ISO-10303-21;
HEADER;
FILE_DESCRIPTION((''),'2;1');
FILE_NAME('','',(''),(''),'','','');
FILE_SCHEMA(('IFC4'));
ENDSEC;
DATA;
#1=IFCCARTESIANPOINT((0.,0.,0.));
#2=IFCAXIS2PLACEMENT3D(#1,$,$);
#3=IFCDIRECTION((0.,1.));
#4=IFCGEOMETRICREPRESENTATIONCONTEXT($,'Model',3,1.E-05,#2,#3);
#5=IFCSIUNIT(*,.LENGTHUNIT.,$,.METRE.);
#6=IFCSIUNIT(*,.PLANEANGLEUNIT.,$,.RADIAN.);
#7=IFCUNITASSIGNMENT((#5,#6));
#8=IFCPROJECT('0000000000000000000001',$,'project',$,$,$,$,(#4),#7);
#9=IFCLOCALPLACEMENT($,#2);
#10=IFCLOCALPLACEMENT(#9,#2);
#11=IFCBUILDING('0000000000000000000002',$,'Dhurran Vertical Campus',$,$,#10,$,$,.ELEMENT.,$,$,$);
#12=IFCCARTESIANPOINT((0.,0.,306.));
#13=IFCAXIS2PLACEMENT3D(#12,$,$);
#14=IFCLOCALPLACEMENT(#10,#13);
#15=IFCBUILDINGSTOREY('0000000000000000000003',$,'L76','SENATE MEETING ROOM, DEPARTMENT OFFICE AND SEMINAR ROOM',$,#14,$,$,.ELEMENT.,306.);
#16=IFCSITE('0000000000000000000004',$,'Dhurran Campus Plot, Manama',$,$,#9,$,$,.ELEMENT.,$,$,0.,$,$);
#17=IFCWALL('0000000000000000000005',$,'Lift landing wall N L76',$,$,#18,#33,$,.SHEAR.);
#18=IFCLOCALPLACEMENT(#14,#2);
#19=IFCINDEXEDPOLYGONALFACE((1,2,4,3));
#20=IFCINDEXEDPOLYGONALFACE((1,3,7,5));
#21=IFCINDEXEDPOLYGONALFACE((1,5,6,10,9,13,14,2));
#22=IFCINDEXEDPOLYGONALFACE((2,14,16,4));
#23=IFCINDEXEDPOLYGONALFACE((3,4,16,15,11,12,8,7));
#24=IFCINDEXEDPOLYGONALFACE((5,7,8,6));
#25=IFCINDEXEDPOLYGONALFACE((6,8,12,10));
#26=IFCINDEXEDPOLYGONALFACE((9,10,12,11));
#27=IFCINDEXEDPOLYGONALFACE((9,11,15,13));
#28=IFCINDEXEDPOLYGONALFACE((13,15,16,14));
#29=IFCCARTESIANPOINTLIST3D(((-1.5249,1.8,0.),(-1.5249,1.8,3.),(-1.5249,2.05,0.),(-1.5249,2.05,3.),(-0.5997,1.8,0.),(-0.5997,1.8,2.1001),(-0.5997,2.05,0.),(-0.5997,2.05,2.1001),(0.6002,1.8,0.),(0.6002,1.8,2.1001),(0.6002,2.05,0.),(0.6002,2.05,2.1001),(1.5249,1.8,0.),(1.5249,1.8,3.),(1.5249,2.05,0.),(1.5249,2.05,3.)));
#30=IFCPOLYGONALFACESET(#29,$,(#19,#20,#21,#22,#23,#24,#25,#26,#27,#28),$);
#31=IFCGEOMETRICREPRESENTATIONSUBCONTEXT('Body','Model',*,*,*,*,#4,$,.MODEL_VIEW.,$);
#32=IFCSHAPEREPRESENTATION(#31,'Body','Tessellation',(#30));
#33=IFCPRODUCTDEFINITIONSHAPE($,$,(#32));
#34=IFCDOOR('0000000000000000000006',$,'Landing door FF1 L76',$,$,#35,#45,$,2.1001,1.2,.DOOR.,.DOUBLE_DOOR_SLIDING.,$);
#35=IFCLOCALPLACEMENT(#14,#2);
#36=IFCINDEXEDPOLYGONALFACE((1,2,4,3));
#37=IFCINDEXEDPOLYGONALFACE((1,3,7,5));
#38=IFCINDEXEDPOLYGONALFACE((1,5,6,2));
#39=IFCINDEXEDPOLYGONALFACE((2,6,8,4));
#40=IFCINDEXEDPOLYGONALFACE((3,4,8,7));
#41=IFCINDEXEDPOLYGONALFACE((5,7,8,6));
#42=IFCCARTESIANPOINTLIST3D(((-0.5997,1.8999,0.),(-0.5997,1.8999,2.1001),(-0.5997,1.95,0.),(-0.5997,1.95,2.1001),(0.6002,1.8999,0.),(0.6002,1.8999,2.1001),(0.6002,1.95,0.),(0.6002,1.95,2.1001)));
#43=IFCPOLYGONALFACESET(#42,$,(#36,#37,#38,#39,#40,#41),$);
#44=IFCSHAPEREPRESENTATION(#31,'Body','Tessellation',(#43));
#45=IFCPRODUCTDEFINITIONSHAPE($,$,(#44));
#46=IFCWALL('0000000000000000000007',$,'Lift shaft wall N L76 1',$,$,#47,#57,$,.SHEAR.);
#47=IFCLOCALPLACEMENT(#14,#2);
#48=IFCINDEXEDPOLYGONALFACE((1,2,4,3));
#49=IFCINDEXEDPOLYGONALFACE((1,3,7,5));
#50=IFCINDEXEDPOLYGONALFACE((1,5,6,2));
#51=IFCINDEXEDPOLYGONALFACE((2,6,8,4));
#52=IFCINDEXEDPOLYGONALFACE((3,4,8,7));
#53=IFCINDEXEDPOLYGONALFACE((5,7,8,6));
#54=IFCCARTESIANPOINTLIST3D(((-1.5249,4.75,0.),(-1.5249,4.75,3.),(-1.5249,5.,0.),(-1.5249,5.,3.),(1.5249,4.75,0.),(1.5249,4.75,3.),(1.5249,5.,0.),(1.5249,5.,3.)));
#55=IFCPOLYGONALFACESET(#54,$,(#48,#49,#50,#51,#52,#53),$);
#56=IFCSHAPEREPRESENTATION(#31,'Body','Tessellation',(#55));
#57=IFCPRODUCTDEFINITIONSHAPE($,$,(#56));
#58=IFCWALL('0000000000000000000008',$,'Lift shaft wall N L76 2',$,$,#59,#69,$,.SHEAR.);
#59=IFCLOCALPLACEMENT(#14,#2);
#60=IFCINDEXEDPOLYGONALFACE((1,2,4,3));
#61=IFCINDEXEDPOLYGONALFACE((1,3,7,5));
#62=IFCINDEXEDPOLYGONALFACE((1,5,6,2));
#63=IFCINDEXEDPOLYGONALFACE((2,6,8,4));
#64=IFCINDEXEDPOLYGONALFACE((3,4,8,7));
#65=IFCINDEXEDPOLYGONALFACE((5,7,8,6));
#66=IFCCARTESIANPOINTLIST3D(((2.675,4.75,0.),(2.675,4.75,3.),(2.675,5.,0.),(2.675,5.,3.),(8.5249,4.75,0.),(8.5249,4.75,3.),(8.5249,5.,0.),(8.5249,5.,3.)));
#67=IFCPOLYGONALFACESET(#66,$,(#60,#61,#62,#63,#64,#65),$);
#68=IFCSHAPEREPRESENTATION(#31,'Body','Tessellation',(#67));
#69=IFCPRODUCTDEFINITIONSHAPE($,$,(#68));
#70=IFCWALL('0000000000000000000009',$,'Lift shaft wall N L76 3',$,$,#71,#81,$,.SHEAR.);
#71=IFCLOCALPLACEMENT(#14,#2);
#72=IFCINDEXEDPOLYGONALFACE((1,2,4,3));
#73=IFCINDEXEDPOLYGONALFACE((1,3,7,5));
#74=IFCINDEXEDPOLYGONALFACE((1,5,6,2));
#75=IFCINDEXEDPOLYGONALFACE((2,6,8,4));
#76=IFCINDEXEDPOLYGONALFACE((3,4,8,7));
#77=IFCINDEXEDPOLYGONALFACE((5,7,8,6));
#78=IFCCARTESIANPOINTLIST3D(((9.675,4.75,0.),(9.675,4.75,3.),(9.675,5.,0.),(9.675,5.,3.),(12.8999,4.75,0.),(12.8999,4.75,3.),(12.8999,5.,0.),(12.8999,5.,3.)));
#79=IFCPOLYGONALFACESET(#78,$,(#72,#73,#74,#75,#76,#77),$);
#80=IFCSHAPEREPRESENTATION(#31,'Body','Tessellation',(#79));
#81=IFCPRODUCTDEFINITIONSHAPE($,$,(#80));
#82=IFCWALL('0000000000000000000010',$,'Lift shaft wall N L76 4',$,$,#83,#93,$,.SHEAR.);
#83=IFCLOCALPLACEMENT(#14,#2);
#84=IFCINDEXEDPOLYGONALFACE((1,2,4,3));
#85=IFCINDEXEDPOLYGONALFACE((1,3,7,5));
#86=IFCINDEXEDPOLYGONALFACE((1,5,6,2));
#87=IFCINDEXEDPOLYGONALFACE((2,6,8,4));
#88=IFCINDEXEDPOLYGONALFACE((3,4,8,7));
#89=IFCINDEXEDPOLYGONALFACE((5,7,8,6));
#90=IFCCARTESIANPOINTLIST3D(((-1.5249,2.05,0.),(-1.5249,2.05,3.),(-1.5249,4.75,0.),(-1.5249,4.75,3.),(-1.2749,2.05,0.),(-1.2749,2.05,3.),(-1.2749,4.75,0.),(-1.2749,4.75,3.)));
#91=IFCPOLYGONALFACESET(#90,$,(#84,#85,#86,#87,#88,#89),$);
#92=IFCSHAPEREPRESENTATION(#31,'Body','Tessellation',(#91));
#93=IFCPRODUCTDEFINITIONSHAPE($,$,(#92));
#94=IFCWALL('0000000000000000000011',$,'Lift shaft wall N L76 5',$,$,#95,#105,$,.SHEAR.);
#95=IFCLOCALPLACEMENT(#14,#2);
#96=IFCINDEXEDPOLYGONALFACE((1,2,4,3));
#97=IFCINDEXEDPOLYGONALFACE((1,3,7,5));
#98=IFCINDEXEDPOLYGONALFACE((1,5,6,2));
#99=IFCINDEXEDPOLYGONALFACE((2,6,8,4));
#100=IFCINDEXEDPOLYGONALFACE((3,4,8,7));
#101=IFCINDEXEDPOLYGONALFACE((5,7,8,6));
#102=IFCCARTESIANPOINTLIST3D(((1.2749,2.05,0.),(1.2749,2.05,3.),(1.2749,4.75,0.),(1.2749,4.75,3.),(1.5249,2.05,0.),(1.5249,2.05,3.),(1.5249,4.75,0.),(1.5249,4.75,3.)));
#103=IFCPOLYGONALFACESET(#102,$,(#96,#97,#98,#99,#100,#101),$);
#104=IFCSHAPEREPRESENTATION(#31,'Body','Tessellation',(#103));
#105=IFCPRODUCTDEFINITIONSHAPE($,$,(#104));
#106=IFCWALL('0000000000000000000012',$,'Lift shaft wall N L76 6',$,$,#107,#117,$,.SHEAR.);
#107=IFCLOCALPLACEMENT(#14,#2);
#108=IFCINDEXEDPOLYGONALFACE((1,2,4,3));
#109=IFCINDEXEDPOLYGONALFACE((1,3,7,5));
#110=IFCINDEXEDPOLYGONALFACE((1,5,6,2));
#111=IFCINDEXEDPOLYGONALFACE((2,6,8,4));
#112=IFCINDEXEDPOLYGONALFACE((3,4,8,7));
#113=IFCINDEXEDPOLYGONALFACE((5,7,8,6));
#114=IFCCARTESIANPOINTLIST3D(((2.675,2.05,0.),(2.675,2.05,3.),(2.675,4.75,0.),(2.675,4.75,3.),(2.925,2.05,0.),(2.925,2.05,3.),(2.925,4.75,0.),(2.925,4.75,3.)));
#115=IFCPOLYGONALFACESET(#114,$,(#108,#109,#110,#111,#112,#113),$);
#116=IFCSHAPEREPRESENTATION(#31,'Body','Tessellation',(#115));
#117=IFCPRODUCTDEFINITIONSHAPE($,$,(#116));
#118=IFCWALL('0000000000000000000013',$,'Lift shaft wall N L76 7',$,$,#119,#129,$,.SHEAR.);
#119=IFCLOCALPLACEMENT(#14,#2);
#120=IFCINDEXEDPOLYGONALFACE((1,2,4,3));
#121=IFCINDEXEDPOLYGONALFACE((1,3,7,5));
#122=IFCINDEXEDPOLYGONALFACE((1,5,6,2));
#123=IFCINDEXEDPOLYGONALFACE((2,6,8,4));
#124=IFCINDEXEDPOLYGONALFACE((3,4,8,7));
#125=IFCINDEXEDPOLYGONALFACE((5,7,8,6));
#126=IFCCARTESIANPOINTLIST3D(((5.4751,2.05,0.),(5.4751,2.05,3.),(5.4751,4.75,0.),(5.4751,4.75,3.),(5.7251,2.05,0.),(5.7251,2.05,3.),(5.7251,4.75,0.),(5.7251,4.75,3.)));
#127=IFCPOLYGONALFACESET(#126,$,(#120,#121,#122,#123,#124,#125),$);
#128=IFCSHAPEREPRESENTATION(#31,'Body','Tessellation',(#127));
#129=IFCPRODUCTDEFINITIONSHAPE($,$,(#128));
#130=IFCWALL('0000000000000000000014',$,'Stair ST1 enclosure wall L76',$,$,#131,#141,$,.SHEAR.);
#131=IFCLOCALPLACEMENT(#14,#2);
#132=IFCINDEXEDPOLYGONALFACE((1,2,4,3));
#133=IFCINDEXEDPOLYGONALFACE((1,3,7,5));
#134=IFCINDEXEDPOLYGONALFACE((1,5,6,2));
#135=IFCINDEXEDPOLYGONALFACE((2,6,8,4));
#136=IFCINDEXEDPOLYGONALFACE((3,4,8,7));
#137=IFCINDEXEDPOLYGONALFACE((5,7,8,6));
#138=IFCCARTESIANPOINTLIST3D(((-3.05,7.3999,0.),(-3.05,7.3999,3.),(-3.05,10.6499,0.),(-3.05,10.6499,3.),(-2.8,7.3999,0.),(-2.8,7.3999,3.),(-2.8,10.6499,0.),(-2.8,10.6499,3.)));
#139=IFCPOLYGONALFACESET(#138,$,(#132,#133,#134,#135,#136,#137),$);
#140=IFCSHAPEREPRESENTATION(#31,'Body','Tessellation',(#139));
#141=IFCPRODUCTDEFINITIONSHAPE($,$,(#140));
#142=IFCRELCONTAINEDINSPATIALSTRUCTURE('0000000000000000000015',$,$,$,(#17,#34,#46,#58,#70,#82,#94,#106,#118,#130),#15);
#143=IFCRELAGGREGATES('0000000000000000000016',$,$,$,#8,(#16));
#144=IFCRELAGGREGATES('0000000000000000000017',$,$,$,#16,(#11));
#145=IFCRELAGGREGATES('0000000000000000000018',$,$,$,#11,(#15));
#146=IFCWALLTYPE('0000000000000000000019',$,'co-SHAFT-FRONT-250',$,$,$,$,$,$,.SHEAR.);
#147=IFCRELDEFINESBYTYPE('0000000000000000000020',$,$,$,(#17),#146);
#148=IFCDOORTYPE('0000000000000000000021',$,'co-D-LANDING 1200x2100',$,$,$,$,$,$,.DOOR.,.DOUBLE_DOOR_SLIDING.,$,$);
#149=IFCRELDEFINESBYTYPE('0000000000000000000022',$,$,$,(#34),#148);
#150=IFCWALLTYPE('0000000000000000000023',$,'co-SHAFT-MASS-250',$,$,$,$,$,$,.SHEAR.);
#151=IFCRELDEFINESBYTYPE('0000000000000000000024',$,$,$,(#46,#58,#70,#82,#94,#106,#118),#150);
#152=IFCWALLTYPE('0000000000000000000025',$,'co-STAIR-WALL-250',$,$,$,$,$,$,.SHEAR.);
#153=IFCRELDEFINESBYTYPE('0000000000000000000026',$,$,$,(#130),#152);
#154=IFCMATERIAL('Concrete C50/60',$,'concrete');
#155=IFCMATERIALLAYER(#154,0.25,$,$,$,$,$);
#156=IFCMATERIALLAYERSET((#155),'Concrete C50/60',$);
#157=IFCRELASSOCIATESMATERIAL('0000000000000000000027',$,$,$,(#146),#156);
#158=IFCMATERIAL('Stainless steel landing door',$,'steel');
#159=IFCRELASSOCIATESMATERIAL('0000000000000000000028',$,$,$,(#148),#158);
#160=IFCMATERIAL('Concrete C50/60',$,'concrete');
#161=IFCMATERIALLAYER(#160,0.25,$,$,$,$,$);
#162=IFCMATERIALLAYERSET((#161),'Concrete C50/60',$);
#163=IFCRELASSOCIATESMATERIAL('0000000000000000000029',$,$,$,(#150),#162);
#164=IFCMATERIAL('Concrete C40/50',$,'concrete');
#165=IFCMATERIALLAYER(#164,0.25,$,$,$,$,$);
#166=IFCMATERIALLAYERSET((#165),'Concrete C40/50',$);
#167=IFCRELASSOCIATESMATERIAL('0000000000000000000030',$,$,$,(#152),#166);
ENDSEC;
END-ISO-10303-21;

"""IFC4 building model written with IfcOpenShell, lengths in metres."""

from ifc_helpers import new_model, si_unit, direction, frame, frame_2d, origin, place, context, subcontext, project, spatial, polyline, rectangle, outline, extrude, material, layer, layer_set, type_object, element, fill, save


model = new_model("IFC4")

# Units and contexts
model_context = context("Model", 3, precision=1e-05, world=origin(), true_north=direction((0.0, 1.0)))
body_context = subcontext(model_context, "Body", "Model", "MODEL_VIEW")
ifc_project = project(units=[si_unit("LENGTHUNIT", "METRE"), si_unit("PLANEANGLEUNIT", "RADIAN")], contexts=[model_context])

# Site, building, storey
site_placement = place(None, origin())
site = spatial("IfcSite", under=ifc_project, at=site_placement, Name="Dhurran Campus Plot, Manama", CompositionType="ELEMENT", RefElevation=0.0)
building_placement = place(site_placement, origin())
building = spatial("IfcBuilding", under=site, at=building_placement, Name="Dhurran Vertical Campus", CompositionType="ELEMENT")
storey_placement = place(building_placement, frame((0.0, 0.0, 306.0)))
storey = spatial("IfcBuildingStorey", under=building, at=storey_placement, Name="L76", Description="SENATE MEETING ROOM, DEPARTMENT OFFICE AND SEMINAR ROOM", CompositionType="ELEMENT", Elevation=306.0)

# Wall, opening, door
ifc_material_1 = material(Name="Concrete C50/60", Category="concrete")
ifc_layer_1 = layer(ifc_material_1, 0.25)
ifc_layer_set_1 = layer_set([ifc_layer_1], Name="Concrete C50/60")
wall_type_1 = type_object("IfcWallType", Name="co-SHAFT-FRONT-250", PredefinedType="SHEAR", material=ifc_layer_set_1)
wall_1_placement = place(storey_placement, frame((-1.5249, 1.925, 0.0), z_axis=(0.0, 0.0, 1.0), x_axis=(1.0, 0.0, 0.0)))
wall_1 = element("IfcWall", 1, at=wall_1_placement, inside=storey, type_object=wall_type_1, Name="Lift landing wall N L76", PredefinedType="SHEAR", context=body_context, shape_type="SweptSolid", body=[
    extrude(rectangle(XDim=3.0498, YDim=0.25, at=frame_2d((1.5249, 0.0))), origin(), (0.0, 0.0, 1.0), 3.0),
])
opening_1_placement = place(wall_1_placement, frame((0.925, 0.0, 0.0)))
opening_1 = element("IfcOpeningElement", 2, at=opening_1_placement, cuts=wall_1, PredefinedType="OPENING", context=body_context, shape_type="SweptSolid", body=[
    extrude(rectangle(XDim=1.2, YDim=2.1001, at=frame_2d((0.6001, 1.05))), frame((0.0, 0.135, 0.0), z_axis=(0.0, -1.0, 0.0), x_axis=(1.0, 0.0, 0.0)), (0.0, 0.0, 1.0), 0.27),
])
ifc_material_2 = material(Name="Stainless steel landing door", Category="steel")
door_type_1 = type_object("IfcDoorType", Name="co-D-LANDING 1200x2100", OperationType="DOUBLE_DOOR_SLIDING", PredefinedType="DOOR", material=ifc_material_2)
door_1_placement = place(opening_1_placement, origin())
door_1 = element("IfcDoor", 3, at=door_1_placement, inside=storey, type_object=door_type_1, Name="Landing door FF1 L76", OperationType="DOUBLE_DOOR_SLIDING", OverallHeight=2.1001, OverallWidth=1.2, PredefinedType="DOOR", context=body_context, shape_type="SweptSolid", body=[
    extrude(rectangle(XDim=1.2, YDim=2.1001, at=frame_2d((0.6001, 1.05))), frame((0.0, 0.0249, 0.0), z_axis=(0.0, -1.0, 0.0), x_axis=(1.0, 0.0, 0.0)), (0.0, 0.0, 1.0), 0.05),
])
fill(opening_1, door_1)

# Walls
ifc_material_3 = material(Name="Concrete C50/60", Category="concrete")
ifc_layer_2 = layer(ifc_material_3, 0.25)
ifc_layer_set_2 = layer_set([ifc_layer_2], Name="Concrete C50/60")
wall_type_2 = type_object("IfcWallType", Name="co-SHAFT-MASS-250", PredefinedType="SHEAR", material=ifc_layer_set_2)
wall_2_placement = place(storey_placement, origin())
element("IfcWall", 4, at=wall_2_placement, inside=storey, type_object=wall_type_2, Name="Lift shaft wall N L76 1", PredefinedType="SHEAR", context=body_context, shape_type="SweptSolid", body=[
    extrude(outline(polyline([(-1.5249, 4.75), (1.5249, 4.75), (1.5249, 5.0), (-1.5249, 5.0), (-1.5249, 4.75)])), origin(), (0.0, 0.0, 1.0), 3.0),
])
wall_3_placement = place(storey_placement, origin())
element("IfcWall", 5, at=wall_3_placement, inside=storey, type_object=wall_type_2, Name="Lift shaft wall N L76 2", PredefinedType="SHEAR", context=body_context, shape_type="SweptSolid", body=[
    extrude(outline(polyline([(2.675, 4.75), (8.5249, 4.75), (8.5249, 5.0), (2.675, 5.0), (2.675, 4.75)])), origin(), (0.0, 0.0, 1.0), 3.0),
])
wall_4_placement = place(storey_placement, origin())
element("IfcWall", 6, at=wall_4_placement, inside=storey, type_object=wall_type_2, Name="Lift shaft wall N L76 3", PredefinedType="SHEAR", context=body_context, shape_type="SweptSolid", body=[
    extrude(outline(polyline([(9.675, 4.75), (12.8999, 4.75), (12.8999, 5.0), (9.675, 5.0), (9.675, 4.75)])), origin(), (0.0, 0.0, 1.0), 3.0),
])
wall_5_placement = place(storey_placement, origin())
element("IfcWall", 7, at=wall_5_placement, inside=storey, type_object=wall_type_2, Name="Lift shaft wall N L76 4", PredefinedType="SHEAR", context=body_context, shape_type="SweptSolid", body=[
    extrude(outline(polyline([(-1.5249, 2.05), (-1.2749, 2.05), (-1.2749, 4.75), (-1.5249, 4.75), (-1.5249, 2.05)])), origin(), (0.0, 0.0, 1.0), 3.0),
])
wall_6_placement = place(storey_placement, origin())
element("IfcWall", 8, at=wall_6_placement, inside=storey, type_object=wall_type_2, Name="Lift shaft wall N L76 5", PredefinedType="SHEAR", context=body_context, shape_type="SweptSolid", body=[
    extrude(outline(polyline([(1.2749, 2.05), (1.5249, 2.05), (1.5249, 4.75), (1.2749, 4.75), (1.2749, 2.05)])), origin(), (0.0, 0.0, 1.0), 3.0),
])
wall_7_placement = place(storey_placement, origin())
element("IfcWall", 9, at=wall_7_placement, inside=storey, type_object=wall_type_2, Name="Lift shaft wall N L76 6", PredefinedType="SHEAR", context=body_context, shape_type="SweptSolid", body=[
    extrude(outline(polyline([(2.675, 2.05), (2.925, 2.05), (2.925, 4.75), (2.675, 4.75), (2.675, 2.05)])), origin(), (0.0, 0.0, 1.0), 3.0),
])
wall_8_placement = place(storey_placement, origin())
element("IfcWall", 10, at=wall_8_placement, inside=storey, type_object=wall_type_2, Name="Lift shaft wall N L76 7", PredefinedType="SHEAR", context=body_context, shape_type="SweptSolid", body=[
    extrude(outline(polyline([(5.4751, 2.05), (5.7251, 2.05), (5.7251, 4.75), (5.4751, 4.75), (5.4751, 2.05)])), origin(), (0.0, 0.0, 1.0), 3.0),
])
ifc_material_4 = material(Name="Concrete C40/50", Category="concrete")
ifc_layer_3 = layer(ifc_material_4, 0.25)
ifc_layer_set_3 = layer_set([ifc_layer_3], Name="Concrete C40/50")
wall_type_3 = type_object("IfcWallType", Name="co-STAIR-WALL-250", PredefinedType="SHEAR", material=ifc_layer_set_3)
wall_9_placement = place(storey_placement, frame((-2.925, 7.3999, 0.0), z_axis=(0.0, 0.0, 1.0), x_axis=(0.0, 1.0, 0.0)))
element("IfcWall", 11, at=wall_9_placement, inside=storey, type_object=wall_type_3, Name="Stair ST1 enclosure wall L76", PredefinedType="SHEAR", context=body_context, shape_type="SweptSolid", body=[
    extrude(rectangle(XDim=3.25, YDim=0.25, at=frame_2d((1.625, 0.0))), origin(), (0.0, 0.0, 1.0), 3.0),
])

save(model, "model.ifc")
